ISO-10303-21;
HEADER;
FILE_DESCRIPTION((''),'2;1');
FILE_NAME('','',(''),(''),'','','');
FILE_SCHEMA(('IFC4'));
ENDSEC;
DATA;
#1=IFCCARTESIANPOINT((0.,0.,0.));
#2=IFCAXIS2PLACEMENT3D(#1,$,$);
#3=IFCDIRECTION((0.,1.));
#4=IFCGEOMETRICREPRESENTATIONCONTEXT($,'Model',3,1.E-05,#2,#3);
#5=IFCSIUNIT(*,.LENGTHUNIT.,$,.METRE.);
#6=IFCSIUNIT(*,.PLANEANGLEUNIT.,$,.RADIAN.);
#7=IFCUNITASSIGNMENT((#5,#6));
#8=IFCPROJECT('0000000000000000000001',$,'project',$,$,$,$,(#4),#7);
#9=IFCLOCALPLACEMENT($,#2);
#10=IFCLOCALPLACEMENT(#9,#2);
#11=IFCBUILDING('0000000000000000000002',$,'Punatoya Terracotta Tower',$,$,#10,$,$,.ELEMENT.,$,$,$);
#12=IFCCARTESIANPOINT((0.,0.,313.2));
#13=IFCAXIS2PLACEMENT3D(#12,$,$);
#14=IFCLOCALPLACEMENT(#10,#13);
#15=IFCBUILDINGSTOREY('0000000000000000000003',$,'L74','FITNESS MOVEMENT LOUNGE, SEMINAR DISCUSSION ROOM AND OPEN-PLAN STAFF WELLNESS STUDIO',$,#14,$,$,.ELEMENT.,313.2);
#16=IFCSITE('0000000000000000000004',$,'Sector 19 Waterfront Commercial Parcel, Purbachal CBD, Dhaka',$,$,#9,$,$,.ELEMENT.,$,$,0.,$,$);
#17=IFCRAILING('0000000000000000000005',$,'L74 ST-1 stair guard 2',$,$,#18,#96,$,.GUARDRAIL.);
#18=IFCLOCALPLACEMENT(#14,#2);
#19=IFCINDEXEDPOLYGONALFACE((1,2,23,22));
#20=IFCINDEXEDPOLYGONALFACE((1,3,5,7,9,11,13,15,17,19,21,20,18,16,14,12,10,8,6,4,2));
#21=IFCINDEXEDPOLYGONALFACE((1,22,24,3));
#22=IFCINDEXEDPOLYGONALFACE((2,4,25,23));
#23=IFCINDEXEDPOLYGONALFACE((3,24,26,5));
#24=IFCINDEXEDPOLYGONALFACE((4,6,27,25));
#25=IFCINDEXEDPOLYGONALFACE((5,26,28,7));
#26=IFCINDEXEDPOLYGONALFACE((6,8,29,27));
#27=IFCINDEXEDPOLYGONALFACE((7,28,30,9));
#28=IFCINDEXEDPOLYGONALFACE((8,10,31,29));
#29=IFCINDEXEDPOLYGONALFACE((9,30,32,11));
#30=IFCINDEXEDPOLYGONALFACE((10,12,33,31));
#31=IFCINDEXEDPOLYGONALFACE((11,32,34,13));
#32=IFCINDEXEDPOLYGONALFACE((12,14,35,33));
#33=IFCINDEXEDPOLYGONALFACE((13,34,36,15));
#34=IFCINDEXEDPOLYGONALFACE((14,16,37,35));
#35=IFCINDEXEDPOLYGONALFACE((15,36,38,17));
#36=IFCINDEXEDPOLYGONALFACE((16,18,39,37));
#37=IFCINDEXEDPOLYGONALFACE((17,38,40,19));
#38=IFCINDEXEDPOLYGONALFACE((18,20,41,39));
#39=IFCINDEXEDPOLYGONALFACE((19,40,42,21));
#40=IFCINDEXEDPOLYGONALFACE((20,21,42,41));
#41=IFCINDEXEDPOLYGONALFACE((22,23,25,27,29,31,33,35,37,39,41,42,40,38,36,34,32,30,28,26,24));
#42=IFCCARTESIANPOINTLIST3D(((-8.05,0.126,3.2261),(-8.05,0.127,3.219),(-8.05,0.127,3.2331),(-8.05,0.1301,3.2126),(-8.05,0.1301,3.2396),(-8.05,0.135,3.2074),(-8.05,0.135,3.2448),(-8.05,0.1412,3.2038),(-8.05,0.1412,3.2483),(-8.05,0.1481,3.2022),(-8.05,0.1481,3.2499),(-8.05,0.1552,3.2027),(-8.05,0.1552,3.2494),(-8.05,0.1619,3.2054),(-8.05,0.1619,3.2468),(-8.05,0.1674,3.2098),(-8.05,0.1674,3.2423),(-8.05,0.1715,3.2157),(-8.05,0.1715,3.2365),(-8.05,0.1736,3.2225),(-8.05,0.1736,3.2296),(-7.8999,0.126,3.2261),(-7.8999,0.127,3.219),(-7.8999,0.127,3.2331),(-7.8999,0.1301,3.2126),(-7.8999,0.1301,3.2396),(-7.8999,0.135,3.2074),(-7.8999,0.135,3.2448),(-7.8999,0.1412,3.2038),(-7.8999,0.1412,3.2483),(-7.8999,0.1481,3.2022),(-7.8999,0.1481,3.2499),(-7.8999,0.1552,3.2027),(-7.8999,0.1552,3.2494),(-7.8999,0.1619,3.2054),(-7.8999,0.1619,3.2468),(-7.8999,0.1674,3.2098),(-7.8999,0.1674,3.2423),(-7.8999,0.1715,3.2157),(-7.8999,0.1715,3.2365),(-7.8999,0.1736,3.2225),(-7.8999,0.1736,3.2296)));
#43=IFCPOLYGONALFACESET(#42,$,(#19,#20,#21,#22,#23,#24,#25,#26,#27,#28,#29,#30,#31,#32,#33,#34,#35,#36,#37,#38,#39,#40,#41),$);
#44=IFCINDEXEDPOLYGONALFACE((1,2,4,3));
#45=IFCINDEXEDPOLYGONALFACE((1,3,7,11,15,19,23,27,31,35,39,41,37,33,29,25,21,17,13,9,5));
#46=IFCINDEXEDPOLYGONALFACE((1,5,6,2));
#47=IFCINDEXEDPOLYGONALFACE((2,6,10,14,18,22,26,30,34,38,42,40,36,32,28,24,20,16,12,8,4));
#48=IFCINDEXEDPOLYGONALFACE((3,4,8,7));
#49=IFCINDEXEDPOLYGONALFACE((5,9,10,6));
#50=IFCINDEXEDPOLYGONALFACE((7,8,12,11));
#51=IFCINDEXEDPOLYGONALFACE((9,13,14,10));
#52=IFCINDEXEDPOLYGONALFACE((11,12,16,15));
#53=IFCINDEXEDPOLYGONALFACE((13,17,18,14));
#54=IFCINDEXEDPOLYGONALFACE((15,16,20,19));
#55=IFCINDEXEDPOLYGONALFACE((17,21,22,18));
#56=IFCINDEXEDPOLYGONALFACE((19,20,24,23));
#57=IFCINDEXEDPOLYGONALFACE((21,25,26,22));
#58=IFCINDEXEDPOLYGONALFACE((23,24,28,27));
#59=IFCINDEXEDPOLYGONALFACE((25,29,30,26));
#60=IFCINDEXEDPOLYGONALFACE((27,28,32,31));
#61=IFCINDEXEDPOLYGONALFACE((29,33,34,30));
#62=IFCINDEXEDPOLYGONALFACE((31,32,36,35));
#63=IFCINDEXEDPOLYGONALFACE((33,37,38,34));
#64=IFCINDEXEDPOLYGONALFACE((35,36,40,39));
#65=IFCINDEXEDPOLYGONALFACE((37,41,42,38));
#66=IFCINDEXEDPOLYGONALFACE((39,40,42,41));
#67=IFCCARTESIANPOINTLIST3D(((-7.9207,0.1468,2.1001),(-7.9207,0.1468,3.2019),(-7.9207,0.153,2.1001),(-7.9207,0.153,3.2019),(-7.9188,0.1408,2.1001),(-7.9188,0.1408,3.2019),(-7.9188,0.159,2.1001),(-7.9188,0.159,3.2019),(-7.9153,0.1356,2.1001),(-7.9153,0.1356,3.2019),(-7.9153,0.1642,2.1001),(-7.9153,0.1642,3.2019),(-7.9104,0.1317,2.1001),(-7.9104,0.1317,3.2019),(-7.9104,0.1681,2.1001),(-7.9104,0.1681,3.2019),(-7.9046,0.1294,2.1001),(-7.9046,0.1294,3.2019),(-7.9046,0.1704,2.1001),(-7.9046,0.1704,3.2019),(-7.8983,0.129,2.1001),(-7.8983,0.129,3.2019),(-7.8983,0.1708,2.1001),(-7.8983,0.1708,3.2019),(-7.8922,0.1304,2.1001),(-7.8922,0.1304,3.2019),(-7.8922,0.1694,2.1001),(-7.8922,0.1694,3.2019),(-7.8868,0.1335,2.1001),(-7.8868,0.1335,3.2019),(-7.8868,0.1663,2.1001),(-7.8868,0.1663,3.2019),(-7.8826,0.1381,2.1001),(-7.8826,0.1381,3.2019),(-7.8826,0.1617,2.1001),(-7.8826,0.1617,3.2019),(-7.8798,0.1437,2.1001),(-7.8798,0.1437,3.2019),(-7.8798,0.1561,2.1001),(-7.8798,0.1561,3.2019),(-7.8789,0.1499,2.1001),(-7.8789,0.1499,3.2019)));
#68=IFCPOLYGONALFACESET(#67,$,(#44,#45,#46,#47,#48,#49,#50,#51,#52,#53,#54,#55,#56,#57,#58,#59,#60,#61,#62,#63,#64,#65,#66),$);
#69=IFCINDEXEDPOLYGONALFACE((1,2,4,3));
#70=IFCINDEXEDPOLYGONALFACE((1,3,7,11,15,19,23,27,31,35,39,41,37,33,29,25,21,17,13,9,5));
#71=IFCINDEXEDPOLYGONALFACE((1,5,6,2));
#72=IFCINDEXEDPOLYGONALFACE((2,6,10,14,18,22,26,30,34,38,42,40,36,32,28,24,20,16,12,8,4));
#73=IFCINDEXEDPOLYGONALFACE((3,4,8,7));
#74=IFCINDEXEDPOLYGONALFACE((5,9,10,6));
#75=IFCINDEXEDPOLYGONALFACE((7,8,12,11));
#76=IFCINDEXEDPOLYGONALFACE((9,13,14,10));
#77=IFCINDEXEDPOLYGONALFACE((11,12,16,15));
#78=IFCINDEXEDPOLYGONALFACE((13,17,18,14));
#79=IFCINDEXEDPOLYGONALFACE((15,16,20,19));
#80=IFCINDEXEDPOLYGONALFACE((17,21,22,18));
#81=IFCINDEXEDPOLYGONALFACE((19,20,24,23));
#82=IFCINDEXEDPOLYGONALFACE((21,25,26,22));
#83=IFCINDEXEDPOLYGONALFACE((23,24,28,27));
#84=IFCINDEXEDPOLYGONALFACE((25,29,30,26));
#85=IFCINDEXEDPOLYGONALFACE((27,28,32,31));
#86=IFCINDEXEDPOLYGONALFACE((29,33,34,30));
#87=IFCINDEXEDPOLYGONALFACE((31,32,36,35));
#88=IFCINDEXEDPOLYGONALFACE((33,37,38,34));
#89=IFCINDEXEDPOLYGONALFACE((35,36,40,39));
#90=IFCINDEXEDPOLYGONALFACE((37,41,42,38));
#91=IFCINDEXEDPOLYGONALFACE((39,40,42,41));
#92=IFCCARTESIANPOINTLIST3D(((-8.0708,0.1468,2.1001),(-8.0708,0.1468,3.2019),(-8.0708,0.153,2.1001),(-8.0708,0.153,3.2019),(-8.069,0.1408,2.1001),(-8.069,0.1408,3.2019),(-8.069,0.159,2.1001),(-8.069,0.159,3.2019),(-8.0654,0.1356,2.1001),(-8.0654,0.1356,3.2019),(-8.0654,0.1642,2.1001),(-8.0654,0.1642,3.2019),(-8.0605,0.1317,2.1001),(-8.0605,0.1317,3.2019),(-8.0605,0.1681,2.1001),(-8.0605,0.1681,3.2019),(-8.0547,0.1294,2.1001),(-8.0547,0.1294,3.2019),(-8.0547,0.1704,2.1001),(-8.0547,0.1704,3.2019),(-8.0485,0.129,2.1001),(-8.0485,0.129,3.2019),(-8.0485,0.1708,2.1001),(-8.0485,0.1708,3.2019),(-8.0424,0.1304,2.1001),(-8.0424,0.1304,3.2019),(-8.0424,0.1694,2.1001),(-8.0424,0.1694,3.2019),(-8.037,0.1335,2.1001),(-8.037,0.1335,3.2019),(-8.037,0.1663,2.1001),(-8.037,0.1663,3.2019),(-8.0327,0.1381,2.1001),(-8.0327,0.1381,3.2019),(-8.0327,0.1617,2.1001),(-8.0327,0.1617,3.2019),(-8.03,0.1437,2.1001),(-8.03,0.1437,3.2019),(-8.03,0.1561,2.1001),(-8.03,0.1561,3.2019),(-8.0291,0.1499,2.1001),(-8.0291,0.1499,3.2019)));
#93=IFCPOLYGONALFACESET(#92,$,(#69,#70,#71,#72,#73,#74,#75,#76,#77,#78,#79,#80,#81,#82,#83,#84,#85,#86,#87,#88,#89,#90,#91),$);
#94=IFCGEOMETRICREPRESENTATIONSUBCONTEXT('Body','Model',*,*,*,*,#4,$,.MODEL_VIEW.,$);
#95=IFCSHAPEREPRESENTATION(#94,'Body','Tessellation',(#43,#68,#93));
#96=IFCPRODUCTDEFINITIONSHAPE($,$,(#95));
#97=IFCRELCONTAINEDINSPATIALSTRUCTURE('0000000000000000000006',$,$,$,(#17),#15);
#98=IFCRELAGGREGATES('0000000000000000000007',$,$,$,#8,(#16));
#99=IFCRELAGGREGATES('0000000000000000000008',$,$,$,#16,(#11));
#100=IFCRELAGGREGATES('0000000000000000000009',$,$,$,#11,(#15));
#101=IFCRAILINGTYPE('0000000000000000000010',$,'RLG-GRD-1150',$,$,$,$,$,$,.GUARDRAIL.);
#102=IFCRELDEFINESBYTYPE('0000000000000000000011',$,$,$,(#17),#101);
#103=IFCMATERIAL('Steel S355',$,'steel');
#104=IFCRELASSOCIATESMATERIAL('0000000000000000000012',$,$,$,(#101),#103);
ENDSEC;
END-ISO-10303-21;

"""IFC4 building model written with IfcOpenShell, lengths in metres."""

from ifc_helpers import new_model, si_unit, direction, frame, origin, origin_2d, place, context, subcontext, project, spatial, circle, extrude, material, type_object, element, save


model = new_model("IFC4")

# Units and contexts
model_context = context("Model", 3, precision=1e-05, world=origin(), true_north=direction((0.0, 1.0)))
body_context = subcontext(model_context, "Body", "Model", "MODEL_VIEW")
ifc_project = project(units=[si_unit("LENGTHUNIT", "METRE"), si_unit("PLANEANGLEUNIT", "RADIAN")], contexts=[model_context])

# Site, building, storey
site_placement = place(None, origin())
site = spatial("IfcSite", under=ifc_project, at=site_placement, Name="Sector 19 Waterfront Commercial Parcel, Purbachal CBD, Dhaka", CompositionType="ELEMENT", RefElevation=0.0)
building_placement = place(site_placement, origin())
building = spatial("IfcBuilding", under=site, at=building_placement, Name="Punatoya Terracotta Tower", CompositionType="ELEMENT")
storey_placement = place(building_placement, frame((0.0, 0.0, 313.2)))
storey = spatial("IfcBuildingStorey", under=building, at=storey_placement, Name="L74", Description="FITNESS MOVEMENT LOUNGE, SEMINAR DISCUSSION ROOM AND OPEN-PLAN STAFF WELLNESS STUDIO", CompositionType="ELEMENT", Elevation=313.2)

# Shared definitions
ifc_material_1 = material(Name="Steel S355", Category="steel")

# Railing
railing_type_1 = type_object("IfcRailingType", Name="RLG-GRD-1150", PredefinedType="GUARDRAIL", material=ifc_material_1)
railing_1_placement = place(storey_placement, frame((-7.8999, 0.1499, 2.1001)))
element("IfcRailing", 1, at=railing_1_placement, inside=storey, type_object=railing_type_1, Name="L74 ST-1 stair guard 2", PredefinedType="GUARDRAIL", context=body_context, shape_type="SweptSolid", body=[
    extrude(circle(Radius=0.0239, at=origin_2d()), frame((0.0, 0.0, 1.126), z_axis=(-1.0, 0.0, 0.0), x_axis=(0.0, -1.0, 0.0)), (0.0, 0.0, 1.0), 0.1501),
    extrude(circle(Radius=0.021, at=origin_2d()), origin(), (0.0, 0.0, 1.0), 1.1018),
    extrude(circle(Radius=0.021, at=origin_2d()), frame((-0.1501, 0.0, 0.0)), (0.0, 0.0, 1.0), 1.1018),
])

save(model, "model.ifc")
